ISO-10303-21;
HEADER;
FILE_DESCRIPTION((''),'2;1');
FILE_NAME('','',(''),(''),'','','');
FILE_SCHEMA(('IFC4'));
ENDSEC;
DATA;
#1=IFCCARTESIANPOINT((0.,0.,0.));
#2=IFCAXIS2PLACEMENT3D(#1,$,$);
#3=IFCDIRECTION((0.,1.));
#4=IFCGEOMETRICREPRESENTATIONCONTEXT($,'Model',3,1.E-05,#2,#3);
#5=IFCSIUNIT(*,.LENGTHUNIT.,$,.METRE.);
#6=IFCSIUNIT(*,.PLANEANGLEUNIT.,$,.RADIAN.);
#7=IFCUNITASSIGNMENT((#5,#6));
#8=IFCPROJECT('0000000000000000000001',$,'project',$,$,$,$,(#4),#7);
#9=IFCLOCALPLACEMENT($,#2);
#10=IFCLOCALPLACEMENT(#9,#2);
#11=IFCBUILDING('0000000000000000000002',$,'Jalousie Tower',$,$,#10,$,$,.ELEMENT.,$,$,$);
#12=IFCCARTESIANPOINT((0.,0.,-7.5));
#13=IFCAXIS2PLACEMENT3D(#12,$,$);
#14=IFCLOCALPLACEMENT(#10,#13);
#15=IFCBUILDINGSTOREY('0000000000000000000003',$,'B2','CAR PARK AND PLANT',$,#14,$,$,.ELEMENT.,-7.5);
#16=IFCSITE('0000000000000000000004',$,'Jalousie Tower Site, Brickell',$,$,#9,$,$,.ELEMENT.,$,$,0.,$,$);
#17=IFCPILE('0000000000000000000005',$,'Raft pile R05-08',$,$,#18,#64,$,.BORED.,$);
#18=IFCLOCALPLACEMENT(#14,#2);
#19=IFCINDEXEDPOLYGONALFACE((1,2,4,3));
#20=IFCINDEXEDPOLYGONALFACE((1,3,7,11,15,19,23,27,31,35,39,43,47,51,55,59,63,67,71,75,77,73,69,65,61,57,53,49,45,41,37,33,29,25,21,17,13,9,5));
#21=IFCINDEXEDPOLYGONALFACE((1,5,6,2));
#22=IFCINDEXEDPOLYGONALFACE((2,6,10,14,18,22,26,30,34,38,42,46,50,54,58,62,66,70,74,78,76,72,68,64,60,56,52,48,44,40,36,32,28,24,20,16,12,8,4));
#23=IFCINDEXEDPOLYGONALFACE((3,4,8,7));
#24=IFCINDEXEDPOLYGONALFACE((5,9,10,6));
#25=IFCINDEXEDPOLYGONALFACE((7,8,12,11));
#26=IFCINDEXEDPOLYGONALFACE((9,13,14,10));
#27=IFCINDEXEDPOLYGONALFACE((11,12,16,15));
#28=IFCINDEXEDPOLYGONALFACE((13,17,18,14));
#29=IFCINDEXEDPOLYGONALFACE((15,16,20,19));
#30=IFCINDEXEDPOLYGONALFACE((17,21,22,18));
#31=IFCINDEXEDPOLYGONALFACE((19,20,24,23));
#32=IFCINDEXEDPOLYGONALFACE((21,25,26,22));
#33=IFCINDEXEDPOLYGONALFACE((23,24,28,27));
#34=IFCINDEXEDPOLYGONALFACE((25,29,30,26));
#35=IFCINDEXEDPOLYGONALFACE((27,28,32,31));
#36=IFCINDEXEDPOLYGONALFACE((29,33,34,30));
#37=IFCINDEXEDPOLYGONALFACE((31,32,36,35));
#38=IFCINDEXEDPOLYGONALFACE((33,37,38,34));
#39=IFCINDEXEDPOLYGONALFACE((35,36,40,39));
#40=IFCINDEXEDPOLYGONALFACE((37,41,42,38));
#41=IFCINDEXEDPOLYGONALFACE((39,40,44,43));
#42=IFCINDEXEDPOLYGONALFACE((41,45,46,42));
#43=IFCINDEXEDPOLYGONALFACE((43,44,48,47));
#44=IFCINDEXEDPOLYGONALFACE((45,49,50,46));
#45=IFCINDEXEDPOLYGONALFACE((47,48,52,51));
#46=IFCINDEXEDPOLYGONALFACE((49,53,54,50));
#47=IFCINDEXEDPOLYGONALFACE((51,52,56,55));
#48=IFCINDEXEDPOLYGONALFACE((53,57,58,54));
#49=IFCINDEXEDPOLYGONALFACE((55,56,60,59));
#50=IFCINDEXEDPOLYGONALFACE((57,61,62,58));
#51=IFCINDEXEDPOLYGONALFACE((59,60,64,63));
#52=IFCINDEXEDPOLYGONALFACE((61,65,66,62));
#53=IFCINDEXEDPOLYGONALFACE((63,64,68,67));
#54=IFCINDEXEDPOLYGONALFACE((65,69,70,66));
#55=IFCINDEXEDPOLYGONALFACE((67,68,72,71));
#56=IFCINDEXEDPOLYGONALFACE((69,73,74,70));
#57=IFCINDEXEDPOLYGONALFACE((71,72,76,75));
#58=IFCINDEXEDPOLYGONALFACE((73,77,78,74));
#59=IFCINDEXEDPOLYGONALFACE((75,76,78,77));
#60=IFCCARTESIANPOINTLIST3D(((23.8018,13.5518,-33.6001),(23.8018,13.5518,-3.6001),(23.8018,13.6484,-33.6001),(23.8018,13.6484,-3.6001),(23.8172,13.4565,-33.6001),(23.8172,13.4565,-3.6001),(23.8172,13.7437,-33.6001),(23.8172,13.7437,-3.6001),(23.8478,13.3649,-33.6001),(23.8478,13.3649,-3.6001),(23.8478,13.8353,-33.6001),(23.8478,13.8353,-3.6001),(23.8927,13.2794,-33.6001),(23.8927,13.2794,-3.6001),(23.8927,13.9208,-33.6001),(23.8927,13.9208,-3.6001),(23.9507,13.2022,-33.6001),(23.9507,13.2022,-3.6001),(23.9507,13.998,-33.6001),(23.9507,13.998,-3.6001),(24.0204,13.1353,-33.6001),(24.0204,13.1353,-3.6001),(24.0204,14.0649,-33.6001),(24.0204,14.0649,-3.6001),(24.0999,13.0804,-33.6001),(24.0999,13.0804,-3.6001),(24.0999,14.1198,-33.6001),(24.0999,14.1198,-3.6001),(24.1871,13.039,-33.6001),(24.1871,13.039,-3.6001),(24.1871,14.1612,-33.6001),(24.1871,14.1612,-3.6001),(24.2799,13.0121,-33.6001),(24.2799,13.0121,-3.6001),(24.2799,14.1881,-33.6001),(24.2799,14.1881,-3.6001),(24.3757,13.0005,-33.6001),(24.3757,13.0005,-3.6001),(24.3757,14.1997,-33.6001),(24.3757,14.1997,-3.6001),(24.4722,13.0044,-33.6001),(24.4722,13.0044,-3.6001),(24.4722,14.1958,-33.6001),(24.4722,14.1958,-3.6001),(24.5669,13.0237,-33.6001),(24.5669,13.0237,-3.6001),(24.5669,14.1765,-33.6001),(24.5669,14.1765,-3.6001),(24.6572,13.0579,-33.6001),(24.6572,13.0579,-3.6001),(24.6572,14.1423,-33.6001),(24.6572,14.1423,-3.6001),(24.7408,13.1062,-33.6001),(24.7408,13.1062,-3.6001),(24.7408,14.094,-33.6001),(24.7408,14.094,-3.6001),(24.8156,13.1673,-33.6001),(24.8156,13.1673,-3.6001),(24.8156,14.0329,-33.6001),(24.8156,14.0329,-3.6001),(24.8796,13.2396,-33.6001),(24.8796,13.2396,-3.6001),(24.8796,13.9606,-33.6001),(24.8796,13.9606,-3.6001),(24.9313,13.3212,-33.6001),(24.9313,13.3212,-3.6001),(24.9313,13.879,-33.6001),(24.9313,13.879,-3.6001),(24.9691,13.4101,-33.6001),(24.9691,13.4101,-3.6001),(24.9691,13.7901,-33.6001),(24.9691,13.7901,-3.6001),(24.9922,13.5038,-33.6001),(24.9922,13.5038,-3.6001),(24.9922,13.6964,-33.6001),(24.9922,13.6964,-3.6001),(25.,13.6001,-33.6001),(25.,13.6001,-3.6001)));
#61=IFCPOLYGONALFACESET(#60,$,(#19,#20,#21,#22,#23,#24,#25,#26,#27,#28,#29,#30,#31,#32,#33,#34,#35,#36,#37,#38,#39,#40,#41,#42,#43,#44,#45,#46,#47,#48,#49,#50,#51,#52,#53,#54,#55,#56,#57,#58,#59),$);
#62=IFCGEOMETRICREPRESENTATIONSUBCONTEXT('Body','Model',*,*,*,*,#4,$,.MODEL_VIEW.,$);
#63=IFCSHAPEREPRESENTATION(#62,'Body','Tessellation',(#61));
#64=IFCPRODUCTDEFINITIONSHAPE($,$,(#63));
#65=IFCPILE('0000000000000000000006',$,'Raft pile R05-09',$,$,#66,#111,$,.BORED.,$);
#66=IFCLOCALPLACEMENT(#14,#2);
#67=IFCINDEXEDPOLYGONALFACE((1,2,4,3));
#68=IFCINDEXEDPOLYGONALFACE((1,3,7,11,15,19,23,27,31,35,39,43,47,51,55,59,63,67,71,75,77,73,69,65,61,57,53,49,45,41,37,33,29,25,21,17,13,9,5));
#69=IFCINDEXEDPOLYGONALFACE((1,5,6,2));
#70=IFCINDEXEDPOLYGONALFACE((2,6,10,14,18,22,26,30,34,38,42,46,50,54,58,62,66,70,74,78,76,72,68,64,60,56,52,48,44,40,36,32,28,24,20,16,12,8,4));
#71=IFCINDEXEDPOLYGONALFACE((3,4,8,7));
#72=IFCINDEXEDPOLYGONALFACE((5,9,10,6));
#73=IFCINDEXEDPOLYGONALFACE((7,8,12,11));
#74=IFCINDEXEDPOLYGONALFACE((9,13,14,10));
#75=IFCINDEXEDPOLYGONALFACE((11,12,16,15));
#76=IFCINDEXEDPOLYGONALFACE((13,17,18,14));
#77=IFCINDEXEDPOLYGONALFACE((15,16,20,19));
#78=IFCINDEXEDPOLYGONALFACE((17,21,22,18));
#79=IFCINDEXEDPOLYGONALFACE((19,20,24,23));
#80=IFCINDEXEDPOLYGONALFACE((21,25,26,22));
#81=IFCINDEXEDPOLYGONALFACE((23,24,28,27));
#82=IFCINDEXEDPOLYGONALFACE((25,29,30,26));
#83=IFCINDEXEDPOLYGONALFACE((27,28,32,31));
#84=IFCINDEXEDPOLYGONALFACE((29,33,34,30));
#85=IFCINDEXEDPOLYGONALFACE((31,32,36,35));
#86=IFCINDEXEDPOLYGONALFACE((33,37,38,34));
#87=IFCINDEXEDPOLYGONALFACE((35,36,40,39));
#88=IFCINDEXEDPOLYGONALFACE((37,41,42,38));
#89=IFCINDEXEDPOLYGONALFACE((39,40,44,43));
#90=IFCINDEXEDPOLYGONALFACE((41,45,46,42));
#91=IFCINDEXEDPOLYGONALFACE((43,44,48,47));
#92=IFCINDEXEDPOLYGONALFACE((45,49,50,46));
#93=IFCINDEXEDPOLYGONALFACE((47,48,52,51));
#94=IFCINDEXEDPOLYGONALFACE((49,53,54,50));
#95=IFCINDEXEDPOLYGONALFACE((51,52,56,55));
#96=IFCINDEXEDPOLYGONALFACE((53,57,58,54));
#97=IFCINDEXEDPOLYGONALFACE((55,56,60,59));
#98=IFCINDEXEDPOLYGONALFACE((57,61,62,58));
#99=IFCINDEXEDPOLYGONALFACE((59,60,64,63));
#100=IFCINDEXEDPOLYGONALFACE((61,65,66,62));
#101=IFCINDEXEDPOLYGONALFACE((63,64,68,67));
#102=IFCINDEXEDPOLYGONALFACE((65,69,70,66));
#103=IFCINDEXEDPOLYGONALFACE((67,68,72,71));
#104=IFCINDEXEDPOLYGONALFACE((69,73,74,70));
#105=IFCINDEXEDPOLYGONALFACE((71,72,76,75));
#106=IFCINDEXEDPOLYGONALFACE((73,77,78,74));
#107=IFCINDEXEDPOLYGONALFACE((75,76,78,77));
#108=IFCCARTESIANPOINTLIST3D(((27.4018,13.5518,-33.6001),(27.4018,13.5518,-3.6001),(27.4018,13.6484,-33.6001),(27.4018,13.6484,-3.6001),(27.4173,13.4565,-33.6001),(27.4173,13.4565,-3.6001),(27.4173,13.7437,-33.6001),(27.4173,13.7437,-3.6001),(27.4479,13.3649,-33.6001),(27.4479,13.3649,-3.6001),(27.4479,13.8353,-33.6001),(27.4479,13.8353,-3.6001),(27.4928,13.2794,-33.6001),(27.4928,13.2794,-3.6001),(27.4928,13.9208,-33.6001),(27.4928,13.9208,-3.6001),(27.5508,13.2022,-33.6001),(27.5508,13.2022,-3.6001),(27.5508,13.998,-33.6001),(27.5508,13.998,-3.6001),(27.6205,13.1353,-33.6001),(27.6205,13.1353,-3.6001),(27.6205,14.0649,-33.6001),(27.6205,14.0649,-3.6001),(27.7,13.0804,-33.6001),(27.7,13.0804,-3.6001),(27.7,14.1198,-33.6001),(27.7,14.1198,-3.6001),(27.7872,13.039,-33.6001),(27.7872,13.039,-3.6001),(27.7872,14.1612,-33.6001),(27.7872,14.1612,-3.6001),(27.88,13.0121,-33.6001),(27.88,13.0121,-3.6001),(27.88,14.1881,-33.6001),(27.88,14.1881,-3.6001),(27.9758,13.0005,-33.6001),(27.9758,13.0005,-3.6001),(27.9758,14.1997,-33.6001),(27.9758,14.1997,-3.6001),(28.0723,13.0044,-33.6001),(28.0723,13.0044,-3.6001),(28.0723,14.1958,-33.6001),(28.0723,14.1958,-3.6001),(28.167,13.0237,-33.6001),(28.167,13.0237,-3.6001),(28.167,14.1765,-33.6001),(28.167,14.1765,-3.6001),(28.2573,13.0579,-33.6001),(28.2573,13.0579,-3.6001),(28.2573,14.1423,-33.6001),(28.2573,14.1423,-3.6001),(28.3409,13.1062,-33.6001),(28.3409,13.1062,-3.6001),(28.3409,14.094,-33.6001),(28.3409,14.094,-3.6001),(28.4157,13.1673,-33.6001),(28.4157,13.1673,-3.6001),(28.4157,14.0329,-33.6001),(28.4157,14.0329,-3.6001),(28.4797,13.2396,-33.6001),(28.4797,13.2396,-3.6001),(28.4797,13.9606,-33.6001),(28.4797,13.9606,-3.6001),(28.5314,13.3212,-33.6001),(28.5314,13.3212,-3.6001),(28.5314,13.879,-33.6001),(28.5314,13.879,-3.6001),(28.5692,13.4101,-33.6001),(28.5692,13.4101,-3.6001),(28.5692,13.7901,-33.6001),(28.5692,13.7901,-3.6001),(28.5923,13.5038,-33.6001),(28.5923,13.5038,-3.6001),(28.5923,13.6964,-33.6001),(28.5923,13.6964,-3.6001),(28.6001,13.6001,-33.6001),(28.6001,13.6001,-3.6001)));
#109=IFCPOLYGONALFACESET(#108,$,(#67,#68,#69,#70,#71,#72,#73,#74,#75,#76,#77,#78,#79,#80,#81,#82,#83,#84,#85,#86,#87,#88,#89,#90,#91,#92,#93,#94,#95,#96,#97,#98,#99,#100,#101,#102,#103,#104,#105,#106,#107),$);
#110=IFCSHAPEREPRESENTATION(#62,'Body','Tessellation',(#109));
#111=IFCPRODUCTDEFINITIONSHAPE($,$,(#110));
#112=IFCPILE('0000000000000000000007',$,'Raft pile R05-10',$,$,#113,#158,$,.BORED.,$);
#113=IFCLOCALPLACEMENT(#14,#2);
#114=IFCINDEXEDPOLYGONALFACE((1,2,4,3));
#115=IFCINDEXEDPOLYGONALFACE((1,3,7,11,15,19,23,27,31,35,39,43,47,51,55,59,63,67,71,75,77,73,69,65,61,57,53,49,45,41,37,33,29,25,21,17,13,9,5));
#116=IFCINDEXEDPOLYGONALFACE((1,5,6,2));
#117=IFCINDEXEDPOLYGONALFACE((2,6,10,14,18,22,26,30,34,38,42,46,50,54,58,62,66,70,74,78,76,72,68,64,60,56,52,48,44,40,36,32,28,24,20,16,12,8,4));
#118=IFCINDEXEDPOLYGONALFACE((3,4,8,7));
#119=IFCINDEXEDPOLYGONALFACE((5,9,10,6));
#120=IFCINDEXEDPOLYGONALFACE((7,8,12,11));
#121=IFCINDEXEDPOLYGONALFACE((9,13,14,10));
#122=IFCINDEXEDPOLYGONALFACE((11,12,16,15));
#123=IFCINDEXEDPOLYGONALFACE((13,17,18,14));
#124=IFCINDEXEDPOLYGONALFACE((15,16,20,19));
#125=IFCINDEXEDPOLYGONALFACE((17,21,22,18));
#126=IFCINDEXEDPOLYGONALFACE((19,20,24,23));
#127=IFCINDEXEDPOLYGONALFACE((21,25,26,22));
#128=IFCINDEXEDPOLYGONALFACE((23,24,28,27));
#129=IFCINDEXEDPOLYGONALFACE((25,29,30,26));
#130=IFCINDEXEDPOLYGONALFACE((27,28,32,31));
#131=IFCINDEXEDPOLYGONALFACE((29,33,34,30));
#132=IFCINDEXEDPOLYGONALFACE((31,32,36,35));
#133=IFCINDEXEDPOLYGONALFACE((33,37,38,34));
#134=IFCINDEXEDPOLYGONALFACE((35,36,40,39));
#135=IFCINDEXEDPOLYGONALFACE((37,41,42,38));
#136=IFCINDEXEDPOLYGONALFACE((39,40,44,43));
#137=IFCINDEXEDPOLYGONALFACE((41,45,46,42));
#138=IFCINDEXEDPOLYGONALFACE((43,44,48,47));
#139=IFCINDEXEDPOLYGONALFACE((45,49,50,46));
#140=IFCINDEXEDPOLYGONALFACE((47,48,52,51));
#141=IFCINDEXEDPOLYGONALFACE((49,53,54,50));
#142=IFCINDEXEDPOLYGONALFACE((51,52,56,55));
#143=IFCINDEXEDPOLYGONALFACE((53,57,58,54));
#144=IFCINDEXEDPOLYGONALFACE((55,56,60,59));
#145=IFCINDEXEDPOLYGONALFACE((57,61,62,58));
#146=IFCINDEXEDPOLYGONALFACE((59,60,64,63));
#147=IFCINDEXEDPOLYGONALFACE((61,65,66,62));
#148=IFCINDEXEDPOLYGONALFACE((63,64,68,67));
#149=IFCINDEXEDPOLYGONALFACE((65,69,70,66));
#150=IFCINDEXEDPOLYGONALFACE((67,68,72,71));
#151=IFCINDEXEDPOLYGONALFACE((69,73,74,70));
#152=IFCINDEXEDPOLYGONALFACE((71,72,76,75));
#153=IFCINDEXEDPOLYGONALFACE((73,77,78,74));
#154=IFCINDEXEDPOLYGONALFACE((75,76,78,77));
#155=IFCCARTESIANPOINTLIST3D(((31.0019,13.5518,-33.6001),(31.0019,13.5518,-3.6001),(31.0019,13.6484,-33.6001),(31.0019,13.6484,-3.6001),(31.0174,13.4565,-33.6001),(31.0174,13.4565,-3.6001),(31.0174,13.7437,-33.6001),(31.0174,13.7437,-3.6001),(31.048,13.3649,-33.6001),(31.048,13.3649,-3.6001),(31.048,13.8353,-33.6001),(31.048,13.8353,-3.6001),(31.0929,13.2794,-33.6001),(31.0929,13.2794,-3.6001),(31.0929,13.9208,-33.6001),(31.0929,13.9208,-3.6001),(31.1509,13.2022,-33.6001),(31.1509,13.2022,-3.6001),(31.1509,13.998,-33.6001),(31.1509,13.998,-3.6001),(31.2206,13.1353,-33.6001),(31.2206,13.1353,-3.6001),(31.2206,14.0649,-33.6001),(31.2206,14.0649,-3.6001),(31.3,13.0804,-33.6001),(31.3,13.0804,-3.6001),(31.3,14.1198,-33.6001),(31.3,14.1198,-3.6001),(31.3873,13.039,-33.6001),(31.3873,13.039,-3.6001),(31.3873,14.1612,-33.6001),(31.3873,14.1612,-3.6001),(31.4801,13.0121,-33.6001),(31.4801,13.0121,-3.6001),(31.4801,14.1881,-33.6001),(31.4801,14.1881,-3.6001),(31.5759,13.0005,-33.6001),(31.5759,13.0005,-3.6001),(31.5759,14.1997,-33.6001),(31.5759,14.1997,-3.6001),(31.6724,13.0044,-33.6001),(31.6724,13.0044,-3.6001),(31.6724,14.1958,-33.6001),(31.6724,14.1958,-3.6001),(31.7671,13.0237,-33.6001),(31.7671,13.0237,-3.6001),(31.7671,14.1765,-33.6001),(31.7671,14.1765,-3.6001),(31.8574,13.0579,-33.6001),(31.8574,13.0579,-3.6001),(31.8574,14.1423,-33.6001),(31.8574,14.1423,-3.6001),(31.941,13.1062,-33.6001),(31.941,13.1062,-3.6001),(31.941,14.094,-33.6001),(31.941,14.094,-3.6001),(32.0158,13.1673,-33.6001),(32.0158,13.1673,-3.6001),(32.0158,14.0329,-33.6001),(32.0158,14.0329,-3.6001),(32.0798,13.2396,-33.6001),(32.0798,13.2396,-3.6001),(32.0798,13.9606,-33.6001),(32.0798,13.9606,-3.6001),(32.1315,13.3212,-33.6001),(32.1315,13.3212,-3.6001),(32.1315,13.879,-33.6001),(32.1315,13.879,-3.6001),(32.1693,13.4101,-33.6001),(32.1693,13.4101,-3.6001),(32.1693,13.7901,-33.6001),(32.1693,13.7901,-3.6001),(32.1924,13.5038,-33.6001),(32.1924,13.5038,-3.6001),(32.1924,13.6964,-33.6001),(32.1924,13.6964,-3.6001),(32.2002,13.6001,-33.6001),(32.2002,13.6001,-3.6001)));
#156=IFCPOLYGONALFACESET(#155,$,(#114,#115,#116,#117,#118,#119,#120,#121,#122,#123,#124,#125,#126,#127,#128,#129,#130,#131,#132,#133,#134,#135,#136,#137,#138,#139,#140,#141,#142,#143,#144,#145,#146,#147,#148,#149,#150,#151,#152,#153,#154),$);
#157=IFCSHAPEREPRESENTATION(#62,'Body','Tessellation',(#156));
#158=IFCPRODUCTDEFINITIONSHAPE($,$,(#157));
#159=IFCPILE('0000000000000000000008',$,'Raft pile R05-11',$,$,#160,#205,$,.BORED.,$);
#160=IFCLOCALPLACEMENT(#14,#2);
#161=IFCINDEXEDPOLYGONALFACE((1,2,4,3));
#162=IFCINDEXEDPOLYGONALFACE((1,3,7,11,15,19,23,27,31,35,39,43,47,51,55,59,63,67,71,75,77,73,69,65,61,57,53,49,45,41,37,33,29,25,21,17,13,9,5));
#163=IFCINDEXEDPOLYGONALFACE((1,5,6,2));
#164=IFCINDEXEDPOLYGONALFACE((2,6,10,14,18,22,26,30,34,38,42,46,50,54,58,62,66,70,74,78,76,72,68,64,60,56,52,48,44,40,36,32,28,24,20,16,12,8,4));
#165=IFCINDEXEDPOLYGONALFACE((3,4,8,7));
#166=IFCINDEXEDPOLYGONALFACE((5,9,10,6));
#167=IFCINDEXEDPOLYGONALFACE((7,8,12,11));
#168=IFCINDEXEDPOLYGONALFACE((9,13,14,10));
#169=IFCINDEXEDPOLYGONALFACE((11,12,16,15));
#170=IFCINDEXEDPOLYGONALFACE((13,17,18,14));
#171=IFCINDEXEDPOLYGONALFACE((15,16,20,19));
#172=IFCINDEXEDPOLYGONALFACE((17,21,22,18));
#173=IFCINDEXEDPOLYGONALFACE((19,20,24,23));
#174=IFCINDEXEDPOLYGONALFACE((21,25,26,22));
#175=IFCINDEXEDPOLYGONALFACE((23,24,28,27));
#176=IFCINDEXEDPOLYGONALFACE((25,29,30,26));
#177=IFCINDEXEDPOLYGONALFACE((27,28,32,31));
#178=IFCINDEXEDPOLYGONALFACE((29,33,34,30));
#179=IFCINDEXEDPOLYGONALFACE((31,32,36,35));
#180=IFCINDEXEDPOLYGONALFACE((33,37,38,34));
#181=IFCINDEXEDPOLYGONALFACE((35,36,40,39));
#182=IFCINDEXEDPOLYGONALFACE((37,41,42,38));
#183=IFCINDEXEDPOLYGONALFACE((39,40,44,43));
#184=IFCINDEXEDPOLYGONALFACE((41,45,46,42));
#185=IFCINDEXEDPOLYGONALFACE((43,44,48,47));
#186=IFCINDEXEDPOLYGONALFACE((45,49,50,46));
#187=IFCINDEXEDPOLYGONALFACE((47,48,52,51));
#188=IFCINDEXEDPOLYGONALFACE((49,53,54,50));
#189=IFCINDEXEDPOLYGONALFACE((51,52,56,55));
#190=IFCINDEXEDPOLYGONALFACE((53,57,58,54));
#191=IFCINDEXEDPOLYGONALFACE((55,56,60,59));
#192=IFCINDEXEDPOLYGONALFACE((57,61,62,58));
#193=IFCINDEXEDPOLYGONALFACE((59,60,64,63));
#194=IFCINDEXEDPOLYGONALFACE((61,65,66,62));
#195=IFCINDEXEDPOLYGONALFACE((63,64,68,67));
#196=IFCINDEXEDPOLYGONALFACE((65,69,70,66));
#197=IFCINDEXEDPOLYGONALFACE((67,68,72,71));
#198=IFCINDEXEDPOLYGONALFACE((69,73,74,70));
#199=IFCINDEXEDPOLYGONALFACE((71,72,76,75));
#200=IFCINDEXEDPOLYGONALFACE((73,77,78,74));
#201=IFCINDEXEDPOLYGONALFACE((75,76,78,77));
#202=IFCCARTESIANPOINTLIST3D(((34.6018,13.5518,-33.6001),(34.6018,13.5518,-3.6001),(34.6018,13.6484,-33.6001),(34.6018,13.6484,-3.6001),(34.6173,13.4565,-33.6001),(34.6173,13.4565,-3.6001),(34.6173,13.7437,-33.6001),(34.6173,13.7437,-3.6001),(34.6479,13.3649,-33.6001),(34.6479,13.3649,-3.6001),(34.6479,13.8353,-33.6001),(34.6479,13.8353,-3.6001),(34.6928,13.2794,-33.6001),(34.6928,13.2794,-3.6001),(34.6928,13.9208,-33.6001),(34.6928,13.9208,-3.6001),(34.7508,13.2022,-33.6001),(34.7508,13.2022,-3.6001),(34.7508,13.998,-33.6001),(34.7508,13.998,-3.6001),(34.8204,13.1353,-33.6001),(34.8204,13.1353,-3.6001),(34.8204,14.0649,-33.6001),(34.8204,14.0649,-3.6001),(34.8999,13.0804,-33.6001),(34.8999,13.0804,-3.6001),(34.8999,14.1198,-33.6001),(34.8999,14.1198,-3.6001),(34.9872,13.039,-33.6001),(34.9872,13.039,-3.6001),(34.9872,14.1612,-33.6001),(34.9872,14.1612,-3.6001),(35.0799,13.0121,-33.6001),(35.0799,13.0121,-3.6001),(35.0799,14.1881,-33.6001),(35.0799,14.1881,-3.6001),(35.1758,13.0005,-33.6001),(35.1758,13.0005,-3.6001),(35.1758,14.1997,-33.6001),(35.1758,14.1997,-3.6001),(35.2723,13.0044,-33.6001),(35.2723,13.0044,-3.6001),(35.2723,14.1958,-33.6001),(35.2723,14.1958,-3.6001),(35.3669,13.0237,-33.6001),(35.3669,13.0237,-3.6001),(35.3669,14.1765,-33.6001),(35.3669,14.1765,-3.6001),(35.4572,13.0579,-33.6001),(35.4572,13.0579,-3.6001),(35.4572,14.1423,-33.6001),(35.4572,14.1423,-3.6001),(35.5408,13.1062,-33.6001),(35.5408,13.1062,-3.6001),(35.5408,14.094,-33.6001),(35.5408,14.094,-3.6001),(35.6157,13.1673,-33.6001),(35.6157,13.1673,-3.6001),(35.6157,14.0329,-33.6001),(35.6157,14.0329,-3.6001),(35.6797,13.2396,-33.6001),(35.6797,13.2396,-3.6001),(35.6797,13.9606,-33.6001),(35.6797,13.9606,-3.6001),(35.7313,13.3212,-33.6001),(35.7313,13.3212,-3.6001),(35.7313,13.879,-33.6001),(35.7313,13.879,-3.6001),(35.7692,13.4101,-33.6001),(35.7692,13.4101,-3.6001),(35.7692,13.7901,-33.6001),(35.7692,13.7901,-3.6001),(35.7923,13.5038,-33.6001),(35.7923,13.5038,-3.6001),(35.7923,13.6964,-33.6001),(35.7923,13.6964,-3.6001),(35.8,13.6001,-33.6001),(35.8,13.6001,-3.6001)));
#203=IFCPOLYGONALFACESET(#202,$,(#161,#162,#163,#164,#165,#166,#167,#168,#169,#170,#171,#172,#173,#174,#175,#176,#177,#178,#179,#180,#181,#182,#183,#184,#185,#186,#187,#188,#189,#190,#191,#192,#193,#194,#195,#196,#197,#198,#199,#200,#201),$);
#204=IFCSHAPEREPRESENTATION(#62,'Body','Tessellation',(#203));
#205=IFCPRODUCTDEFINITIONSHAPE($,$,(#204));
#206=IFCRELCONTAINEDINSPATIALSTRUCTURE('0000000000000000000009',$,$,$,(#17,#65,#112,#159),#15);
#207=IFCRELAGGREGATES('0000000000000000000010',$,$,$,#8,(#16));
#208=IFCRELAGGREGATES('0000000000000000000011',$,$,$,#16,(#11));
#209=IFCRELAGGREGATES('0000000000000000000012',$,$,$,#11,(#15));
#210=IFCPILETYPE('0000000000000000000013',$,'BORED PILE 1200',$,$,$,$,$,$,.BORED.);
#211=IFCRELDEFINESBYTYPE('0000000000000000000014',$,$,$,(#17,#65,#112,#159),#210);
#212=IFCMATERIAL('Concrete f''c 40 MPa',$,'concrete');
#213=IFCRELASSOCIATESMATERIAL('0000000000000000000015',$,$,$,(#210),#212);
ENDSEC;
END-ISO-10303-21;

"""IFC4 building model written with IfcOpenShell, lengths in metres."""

from ifc_helpers import new_model, si_unit, direction, frame, origin, origin_2d, place, context, subcontext, project, spatial, circle, extrude, material, material_profile, profile_set, type_object, element, save


model = new_model("IFC4")

# Units and contexts
model_context = context("Model", 3, precision=1e-05, world=origin(), true_north=direction((0.0, 1.0)))
body_context = subcontext(model_context, "Body", "Model", "MODEL_VIEW")
ifc_project = project(units=[si_unit("LENGTHUNIT", "METRE"), si_unit("PLANEANGLEUNIT", "RADIAN")], contexts=[model_context])

# Site, building, storey
site_placement = place(None, origin())
site = spatial("IfcSite", under=ifc_project, at=site_placement, Name="Jalousie Tower Site, Brickell", CompositionType="ELEMENT", RefElevation=0.0)
building_placement = place(site_placement, origin())
building = spatial("IfcBuilding", under=site, at=building_placement, Name="Jalousie Tower", CompositionType="ELEMENT")
storey_placement = place(building_placement, frame((0.0, 0.0, -7.5)))
storey = spatial("IfcBuildingStorey", under=building, at=storey_placement, Name="B2", Description="CAR PARK AND PLANT", CompositionType="ELEMENT", Elevation=-7.5)

# Piles
ifc_material_1 = material(Name="Concrete f'c 40 MPa", Category="concrete")
ifc_material_profile = material_profile(ifc_material_1, circle(Radius=0.6001, at=origin_2d()), Name="BORED PILE D1200")
ifc_profile_set = profile_set([ifc_material_profile], Name="Concrete f'c 40 MPa")
pile_type = type_object("IfcPileType", Name="BORED PILE 1200", PredefinedType="BORED", material=ifc_profile_set)
for number, where, z_axis, x_axis, name in (
    (1, (24.3999, 13.6001, -3.6001), (0.0, 0.0, -1.0), (1.0, 0.0, 0.0), "Raft pile R05-08"),
    (2, (28.0, 13.6001, -3.6001), (0.0, 0.0, -1.0), (1.0, 0.0, 0.0), "Raft pile R05-09"),
    (3, (31.6001, 13.6001, -3.6001), (0.0, 0.0, -1.0), (1.0, 0.0, 0.0), "Raft pile R05-10"),
    (4, (35.2, 13.6001, -3.6001), (0.0, 0.0, -1.0), (1.0, 0.0, 0.0), "Raft pile R05-11"),
):
    element("IfcPile", number, at=place(storey_placement, frame(where, z_axis=z_axis, x_axis=x_axis)), inside=storey, type_object=pile_type, Name=name, PredefinedType="BORED", context=body_context, shape_type="SweptSolid", body=[
        extrude(circle(Radius=0.6001, at=origin_2d()), origin(), (0.0, 0.0, 1.0), 30.0),
    ])

save(model, "model.ifc")
